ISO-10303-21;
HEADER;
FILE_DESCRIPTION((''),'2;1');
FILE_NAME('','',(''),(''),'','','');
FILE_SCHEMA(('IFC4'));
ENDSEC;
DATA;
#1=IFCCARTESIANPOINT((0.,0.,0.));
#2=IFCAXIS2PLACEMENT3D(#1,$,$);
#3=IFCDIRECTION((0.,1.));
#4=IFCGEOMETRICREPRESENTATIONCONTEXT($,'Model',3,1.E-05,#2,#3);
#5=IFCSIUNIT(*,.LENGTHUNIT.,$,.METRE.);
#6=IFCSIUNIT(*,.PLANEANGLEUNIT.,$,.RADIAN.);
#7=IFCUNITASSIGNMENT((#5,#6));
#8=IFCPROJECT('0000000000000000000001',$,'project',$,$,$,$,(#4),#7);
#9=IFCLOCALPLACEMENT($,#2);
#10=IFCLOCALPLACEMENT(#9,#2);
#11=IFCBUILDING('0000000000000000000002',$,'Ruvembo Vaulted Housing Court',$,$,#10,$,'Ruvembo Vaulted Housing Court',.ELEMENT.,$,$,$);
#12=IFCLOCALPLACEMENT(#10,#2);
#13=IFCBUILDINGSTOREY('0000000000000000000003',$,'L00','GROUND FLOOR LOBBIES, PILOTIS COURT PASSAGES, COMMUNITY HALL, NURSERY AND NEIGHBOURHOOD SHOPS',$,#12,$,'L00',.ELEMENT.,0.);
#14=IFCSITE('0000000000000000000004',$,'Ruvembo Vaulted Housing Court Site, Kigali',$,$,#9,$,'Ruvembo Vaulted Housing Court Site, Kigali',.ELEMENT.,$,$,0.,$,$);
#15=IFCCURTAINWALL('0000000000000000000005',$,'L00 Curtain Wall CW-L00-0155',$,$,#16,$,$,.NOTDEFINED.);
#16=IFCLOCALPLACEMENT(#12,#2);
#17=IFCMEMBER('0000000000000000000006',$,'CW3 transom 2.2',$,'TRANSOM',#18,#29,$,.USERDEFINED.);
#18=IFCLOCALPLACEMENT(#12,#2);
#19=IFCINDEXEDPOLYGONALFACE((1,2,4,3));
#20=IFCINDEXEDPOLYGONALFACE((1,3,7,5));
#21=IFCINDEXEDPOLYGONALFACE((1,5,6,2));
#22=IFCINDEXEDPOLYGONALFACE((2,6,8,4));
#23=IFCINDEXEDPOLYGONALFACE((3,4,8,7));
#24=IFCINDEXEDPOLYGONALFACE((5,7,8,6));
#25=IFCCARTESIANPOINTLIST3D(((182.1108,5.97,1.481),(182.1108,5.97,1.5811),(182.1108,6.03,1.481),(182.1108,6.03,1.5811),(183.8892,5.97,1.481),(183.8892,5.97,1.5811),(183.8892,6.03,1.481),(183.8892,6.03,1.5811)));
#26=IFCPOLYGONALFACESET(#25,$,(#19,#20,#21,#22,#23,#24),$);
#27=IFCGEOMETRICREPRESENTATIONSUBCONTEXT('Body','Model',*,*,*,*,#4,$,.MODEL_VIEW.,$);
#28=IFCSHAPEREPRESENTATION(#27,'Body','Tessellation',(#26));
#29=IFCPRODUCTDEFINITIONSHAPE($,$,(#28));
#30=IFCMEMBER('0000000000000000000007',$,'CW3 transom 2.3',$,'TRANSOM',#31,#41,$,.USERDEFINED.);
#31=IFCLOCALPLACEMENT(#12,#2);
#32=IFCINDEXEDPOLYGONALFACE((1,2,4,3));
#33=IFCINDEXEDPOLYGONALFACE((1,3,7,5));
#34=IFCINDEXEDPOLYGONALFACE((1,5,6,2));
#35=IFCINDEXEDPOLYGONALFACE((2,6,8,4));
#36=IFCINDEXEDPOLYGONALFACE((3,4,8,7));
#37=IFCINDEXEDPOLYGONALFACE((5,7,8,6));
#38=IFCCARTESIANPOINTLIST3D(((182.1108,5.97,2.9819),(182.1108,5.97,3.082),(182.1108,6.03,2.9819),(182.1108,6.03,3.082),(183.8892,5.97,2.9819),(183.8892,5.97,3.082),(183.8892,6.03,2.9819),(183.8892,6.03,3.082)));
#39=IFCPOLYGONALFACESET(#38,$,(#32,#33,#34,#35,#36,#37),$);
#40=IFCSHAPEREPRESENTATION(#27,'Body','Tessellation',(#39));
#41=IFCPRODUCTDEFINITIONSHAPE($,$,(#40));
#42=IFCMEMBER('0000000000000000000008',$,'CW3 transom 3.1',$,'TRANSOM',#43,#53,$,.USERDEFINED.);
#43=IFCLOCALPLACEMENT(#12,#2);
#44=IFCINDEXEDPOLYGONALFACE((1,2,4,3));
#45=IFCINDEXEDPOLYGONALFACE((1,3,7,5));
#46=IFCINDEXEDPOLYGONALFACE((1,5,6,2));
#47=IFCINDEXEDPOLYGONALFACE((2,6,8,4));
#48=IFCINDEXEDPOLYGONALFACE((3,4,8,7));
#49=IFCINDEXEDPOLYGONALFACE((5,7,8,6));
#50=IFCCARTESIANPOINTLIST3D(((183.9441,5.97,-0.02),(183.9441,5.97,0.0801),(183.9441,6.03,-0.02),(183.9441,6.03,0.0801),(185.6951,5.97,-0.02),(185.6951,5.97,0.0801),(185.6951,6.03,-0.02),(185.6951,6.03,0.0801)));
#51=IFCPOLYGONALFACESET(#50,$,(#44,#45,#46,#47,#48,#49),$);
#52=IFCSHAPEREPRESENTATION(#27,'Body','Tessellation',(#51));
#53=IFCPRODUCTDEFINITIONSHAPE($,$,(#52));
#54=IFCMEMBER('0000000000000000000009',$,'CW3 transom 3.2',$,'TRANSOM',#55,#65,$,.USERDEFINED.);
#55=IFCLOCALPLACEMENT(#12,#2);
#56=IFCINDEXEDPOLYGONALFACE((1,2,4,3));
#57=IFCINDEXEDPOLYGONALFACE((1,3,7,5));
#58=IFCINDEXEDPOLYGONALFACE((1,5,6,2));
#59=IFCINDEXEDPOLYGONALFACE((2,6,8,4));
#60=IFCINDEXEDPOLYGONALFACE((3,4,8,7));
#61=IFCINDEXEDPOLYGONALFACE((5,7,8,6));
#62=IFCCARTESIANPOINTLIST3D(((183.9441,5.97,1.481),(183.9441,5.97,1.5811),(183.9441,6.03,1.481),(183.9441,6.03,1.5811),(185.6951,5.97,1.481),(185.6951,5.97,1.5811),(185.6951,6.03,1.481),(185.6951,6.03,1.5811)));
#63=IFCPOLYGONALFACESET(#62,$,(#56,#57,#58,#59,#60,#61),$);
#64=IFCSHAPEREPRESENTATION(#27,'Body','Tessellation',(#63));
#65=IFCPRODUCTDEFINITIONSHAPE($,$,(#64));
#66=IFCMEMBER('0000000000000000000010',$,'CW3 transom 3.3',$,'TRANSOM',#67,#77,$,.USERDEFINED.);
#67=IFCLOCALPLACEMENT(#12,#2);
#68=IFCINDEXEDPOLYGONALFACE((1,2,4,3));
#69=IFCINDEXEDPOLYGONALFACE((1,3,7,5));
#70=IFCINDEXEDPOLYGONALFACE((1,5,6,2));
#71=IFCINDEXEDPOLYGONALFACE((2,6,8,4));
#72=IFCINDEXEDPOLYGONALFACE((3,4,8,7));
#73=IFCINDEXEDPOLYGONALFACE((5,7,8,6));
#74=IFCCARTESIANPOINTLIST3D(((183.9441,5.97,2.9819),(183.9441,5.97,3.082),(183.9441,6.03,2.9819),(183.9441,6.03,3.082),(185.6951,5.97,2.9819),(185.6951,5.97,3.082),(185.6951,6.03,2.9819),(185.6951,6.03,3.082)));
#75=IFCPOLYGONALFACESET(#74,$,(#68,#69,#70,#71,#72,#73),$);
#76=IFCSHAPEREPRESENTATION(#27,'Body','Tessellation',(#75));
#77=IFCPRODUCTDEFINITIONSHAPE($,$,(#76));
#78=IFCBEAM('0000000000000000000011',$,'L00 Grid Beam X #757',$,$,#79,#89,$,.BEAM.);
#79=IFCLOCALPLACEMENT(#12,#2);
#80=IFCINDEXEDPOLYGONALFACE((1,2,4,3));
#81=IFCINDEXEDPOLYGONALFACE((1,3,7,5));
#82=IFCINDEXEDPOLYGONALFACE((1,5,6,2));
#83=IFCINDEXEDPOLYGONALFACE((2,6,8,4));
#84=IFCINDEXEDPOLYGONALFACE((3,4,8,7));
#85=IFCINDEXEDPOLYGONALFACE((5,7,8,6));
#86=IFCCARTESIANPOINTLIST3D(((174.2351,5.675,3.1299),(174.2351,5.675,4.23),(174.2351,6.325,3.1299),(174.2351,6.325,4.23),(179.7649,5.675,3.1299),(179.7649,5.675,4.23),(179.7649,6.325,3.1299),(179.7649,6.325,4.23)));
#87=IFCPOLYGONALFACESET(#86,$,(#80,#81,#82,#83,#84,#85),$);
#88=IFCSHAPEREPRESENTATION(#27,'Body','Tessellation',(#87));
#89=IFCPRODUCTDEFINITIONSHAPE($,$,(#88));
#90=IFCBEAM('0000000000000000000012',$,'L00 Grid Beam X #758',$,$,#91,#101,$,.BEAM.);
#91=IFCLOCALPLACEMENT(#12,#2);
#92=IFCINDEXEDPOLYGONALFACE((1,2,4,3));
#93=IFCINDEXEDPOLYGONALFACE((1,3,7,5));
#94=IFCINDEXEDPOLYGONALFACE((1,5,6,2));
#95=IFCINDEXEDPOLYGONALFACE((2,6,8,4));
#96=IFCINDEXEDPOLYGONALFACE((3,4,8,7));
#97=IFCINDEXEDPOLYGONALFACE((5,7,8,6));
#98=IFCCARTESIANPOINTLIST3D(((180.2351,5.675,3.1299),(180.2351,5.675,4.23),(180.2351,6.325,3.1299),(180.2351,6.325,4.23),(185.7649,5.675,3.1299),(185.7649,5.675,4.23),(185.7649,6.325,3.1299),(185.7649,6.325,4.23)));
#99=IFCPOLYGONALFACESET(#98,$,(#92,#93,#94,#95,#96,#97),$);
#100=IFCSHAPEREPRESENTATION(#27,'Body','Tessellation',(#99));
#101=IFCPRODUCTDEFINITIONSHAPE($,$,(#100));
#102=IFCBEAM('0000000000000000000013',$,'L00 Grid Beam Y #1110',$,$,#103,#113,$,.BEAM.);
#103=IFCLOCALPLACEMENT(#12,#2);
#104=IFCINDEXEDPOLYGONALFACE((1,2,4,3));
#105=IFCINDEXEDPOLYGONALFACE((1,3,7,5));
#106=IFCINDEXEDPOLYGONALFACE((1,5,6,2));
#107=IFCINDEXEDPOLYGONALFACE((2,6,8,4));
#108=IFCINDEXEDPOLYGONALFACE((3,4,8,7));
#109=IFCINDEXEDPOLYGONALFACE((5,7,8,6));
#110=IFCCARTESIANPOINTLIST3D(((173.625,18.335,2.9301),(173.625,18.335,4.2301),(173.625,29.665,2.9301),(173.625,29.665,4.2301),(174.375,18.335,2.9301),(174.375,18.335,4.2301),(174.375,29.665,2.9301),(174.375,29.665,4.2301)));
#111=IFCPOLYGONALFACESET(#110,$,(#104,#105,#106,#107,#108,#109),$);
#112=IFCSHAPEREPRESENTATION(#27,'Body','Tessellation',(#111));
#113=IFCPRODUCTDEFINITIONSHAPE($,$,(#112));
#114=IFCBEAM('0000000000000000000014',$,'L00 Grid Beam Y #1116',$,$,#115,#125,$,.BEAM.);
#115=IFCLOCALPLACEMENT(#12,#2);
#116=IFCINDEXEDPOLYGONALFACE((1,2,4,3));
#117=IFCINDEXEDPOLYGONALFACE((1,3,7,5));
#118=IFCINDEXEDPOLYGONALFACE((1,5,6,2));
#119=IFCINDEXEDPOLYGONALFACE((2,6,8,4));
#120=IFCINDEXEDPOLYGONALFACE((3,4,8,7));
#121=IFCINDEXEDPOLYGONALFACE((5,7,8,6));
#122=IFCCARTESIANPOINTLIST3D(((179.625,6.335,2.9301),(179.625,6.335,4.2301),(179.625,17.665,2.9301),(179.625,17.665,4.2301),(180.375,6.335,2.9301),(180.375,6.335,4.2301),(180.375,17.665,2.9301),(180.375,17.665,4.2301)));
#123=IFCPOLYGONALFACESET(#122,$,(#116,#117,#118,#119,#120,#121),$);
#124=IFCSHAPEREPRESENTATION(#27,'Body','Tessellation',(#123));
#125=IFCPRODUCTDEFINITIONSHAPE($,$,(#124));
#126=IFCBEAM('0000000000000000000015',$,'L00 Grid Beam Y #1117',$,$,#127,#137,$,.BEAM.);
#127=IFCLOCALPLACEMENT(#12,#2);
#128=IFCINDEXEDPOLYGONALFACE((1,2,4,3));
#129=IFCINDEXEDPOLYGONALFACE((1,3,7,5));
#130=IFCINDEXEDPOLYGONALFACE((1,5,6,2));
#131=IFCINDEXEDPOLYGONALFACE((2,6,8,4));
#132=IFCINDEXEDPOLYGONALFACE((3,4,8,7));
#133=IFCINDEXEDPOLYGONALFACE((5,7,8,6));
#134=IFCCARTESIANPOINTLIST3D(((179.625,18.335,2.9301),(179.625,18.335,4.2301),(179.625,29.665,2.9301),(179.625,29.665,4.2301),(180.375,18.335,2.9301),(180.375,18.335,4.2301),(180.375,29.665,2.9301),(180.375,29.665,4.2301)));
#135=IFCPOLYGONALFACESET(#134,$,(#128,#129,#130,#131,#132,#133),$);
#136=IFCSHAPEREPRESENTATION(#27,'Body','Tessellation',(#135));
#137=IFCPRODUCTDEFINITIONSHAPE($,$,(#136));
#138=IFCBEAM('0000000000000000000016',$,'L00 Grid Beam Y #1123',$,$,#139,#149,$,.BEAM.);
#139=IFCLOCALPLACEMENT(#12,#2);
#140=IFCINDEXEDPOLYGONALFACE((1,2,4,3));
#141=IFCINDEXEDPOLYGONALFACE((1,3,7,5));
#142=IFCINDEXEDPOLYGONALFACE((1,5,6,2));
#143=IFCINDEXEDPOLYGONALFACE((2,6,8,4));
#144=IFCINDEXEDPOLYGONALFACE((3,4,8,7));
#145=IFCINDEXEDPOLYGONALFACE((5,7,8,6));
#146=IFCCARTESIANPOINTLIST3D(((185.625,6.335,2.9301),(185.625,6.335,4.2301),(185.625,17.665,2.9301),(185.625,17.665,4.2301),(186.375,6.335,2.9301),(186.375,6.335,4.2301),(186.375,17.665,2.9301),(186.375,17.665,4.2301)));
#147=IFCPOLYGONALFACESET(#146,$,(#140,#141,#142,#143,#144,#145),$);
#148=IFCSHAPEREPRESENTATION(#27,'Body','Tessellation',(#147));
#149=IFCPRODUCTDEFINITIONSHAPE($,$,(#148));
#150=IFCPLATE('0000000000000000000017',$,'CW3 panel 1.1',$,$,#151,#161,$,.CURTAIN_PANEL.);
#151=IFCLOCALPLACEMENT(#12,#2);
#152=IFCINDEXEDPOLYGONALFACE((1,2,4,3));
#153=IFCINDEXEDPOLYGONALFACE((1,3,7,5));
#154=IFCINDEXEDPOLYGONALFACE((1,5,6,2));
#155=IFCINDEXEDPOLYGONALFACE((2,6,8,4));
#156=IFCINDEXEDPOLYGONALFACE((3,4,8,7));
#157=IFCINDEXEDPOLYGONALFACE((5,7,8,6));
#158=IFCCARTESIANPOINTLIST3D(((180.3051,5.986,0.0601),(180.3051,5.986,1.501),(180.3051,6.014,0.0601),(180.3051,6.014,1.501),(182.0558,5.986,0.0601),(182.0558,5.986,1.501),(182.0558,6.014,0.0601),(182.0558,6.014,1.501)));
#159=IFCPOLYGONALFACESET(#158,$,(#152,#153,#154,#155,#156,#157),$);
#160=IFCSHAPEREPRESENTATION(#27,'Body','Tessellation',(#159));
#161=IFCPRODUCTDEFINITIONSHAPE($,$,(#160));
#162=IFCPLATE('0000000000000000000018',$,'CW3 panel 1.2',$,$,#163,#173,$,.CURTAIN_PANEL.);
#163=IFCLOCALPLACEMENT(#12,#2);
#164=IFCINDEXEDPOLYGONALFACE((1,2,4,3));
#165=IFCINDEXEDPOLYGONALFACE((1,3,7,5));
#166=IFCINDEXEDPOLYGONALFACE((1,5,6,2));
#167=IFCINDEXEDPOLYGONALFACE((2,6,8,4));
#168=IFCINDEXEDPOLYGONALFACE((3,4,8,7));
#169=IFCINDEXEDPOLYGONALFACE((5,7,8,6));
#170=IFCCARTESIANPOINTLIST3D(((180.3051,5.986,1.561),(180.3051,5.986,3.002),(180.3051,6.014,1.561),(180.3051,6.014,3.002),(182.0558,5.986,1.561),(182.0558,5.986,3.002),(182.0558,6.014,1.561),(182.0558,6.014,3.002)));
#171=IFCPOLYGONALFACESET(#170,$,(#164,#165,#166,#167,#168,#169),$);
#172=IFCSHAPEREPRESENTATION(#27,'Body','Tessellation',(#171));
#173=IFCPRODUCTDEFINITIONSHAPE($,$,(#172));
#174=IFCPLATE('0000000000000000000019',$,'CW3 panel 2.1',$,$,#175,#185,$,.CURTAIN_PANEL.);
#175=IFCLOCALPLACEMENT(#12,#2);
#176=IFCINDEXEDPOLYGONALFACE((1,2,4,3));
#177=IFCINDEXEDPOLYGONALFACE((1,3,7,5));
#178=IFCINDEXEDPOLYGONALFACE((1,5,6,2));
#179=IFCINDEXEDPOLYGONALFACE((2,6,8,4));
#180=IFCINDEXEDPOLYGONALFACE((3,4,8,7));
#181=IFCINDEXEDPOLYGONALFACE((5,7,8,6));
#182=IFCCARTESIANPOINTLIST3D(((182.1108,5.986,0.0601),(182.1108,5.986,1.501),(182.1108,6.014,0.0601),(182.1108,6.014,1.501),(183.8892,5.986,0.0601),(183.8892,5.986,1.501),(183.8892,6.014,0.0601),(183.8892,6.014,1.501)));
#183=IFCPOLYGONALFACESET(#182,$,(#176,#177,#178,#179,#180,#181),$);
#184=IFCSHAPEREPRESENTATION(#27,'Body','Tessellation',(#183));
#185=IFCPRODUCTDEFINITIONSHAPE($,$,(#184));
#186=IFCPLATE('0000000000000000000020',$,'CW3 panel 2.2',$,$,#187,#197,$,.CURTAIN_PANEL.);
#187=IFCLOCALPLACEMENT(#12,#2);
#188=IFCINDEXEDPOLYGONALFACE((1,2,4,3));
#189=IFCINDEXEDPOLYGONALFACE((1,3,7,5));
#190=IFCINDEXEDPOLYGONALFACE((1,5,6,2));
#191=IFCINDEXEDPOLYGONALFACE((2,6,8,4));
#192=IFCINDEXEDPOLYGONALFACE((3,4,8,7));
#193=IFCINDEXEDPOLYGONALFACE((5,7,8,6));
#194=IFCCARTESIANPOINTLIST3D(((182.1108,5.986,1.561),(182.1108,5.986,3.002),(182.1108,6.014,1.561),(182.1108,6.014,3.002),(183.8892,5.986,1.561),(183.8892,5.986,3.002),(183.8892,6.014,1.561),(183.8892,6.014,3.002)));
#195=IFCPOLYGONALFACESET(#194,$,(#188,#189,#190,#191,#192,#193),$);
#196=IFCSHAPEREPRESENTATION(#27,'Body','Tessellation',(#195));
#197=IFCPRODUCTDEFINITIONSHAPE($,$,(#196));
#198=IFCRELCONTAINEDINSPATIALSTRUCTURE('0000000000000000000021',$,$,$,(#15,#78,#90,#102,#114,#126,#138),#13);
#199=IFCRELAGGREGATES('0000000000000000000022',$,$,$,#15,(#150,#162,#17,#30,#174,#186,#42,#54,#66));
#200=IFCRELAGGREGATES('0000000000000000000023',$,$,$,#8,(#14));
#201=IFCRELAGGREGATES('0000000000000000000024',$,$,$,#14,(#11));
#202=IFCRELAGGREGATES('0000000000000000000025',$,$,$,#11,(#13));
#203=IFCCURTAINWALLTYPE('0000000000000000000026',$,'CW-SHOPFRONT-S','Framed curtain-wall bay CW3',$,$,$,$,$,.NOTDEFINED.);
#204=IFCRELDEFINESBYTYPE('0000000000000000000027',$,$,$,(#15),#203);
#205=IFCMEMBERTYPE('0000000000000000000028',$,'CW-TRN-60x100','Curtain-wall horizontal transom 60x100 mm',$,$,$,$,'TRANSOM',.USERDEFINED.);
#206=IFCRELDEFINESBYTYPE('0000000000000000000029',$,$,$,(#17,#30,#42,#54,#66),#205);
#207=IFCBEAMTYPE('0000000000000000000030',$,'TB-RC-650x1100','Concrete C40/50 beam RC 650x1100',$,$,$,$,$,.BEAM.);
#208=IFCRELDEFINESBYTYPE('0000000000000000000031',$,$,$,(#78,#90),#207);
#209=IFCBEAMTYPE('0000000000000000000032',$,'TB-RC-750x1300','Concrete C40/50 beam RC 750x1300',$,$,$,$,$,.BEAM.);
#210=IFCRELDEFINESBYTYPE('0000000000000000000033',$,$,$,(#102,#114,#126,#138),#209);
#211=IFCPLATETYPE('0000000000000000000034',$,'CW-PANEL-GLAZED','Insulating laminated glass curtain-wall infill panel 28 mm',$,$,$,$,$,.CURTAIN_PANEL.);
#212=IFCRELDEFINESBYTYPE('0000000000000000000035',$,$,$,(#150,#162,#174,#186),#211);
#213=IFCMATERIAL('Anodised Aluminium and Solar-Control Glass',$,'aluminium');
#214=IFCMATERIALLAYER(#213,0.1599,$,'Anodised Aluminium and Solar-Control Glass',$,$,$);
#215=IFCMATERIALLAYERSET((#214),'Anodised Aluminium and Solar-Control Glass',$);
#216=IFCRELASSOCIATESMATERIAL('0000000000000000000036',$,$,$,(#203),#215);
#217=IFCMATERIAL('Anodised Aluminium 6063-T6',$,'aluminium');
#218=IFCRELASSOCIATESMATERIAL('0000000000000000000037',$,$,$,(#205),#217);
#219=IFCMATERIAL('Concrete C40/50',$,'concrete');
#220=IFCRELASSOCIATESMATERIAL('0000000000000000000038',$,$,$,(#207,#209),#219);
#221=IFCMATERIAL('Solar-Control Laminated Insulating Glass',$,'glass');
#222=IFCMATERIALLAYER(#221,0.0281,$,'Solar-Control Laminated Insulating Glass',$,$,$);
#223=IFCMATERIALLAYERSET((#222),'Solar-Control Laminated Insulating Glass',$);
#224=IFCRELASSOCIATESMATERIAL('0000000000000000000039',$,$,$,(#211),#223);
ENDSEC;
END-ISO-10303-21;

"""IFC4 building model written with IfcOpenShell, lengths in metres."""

from ifc_helpers import new_model, si_unit, direction, frame, origin, origin_2d, place, context, subcontext, project, spatial, rectangle, extrude, material, layer, layer_set, material_profile, profile_set, type_object, element, aggregate, save


model = new_model("IFC4")

# Units and contexts
model_context = context("Model", 3, precision=1e-05, world=origin(), true_north=direction((0.0, 1.0)))
body_context = subcontext(model_context, "Body", "Model", "MODEL_VIEW")
ifc_project = project(units=[si_unit("LENGTHUNIT", "METRE"), si_unit("PLANEANGLEUNIT", "RADIAN")], contexts=[model_context])

# Site, building, storey
site_placement = place(None, origin())
site = spatial("IfcSite", under=ifc_project, at=site_placement, Name="Ruvembo Vaulted Housing Court Site, Kigali", LongName="Ruvembo Vaulted Housing Court Site, Kigali", CompositionType="ELEMENT", RefElevation=0.0)
building_placement = place(site_placement, origin())
building = spatial("IfcBuilding", under=site, at=building_placement, Name="Ruvembo Vaulted Housing Court", LongName="Ruvembo Vaulted Housing Court", CompositionType="ELEMENT")
storey_placement = place(building_placement, origin())
storey = spatial("IfcBuildingStorey", under=building, at=storey_placement, Name="L00", Description="GROUND FLOOR LOBBIES, PILOTIS COURT PASSAGES, COMMUNITY HALL, NURSERY AND NEIGHBOURHOOD SHOPS", LongName="L00", CompositionType="ELEMENT", Elevation=0.0)

# Curtain wall, members
ifc_material_1 = material(Name="Anodised Aluminium and Solar-Control Glass", Category="aluminium")
ifc_layer_1 = layer(ifc_material_1, 0.1599, Name="Anodised Aluminium and Solar-Control Glass")
ifc_layer_set_1 = layer_set([ifc_layer_1], Name="Anodised Aluminium and Solar-Control Glass")
curtain_wall_type = type_object("IfcCurtainWallType", Name="CW-SHOPFRONT-S", Description="Framed curtain-wall bay CW3", PredefinedType="NOTDEFINED", material=ifc_layer_set_1)
curtain_wall_placement = place(storey_placement, origin())
curtain_wall = element("IfcCurtainWall", 1, at=curtain_wall_placement, inside=storey, type_object=curtain_wall_type, Name="L00 Curtain Wall CW-L00-0155", PredefinedType="NOTDEFINED")
ifc_material_2 = material(Name="Anodised Aluminium 6063-T6", Category="aluminium")
ifc_material_profile_1 = material_profile(ifc_material_2, rectangle(XDim=0.0601, YDim=0.1001, at=origin_2d()), Name="ALU 60x100")
ifc_profile_set_1 = profile_set([ifc_material_profile_1], Name="Anodised Aluminium 6063-T6")
member_type_1 = type_object("IfcMemberType", Name="CW-TRN-60x100", Description="Curtain-wall horizontal transom 60x100 mm", ElementType="TRANSOM", PredefinedType="USERDEFINED", material=ifc_profile_set_1)
member_1_placement = place(storey_placement, frame((182.1108, 6.0, 1.531), z_axis=(1.0, 0.0, 0.0), x_axis=(0.0, 1.0, 0.0)))
member_1 = element("IfcMember", 2, at=member_1_placement, type_object=member_type_1, Name="CW3 transom 2.2", ObjectType="TRANSOM", PredefinedType="USERDEFINED", context=body_context, shape_type="SweptSolid", body=[
    extrude(rectangle(XDim=0.0601, YDim=0.1001, at=origin_2d()), origin(), (0.0, 0.0, 1.0), 1.7783),
])
member_2_placement = place(storey_placement, frame((182.1108, 6.0, 3.032), z_axis=(1.0, 0.0, 0.0), x_axis=(0.0, 1.0, 0.0)))
member_2 = element("IfcMember", 3, at=member_2_placement, type_object=member_type_1, Name="CW3 transom 2.3", ObjectType="TRANSOM", PredefinedType="USERDEFINED", context=body_context, shape_type="SweptSolid", body=[
    extrude(rectangle(XDim=0.0601, YDim=0.1001, at=origin_2d()), origin(), (0.0, 0.0, 1.0), 1.7783),
])
member_3_placement = place(storey_placement, frame((183.9441, 6.0, 0.03), z_axis=(1.0, 0.0, 0.0), x_axis=(0.0, 1.0, 0.0)))
member_3 = element("IfcMember", 4, at=member_3_placement, type_object=member_type_1, Name="CW3 transom 3.1", ObjectType="TRANSOM", PredefinedType="USERDEFINED", context=body_context, shape_type="SweptSolid", body=[
    extrude(rectangle(XDim=0.0601, YDim=0.1001, at=origin_2d()), origin(), (0.0, 0.0, 1.0), 1.751),
])
member_4_placement = place(storey_placement, frame((183.9441, 6.0, 1.531), z_axis=(1.0, 0.0, 0.0), x_axis=(0.0, 1.0, 0.0)))
member_4 = element("IfcMember", 5, at=member_4_placement, type_object=member_type_1, Name="CW3 transom 3.2", ObjectType="TRANSOM", PredefinedType="USERDEFINED", context=body_context, shape_type="SweptSolid", body=[
    extrude(rectangle(XDim=0.0601, YDim=0.1001, at=origin_2d()), origin(), (0.0, 0.0, 1.0), 1.751),
])
member_5_placement = place(storey_placement, frame((183.9441, 6.0, 3.032), z_axis=(1.0, 0.0, 0.0), x_axis=(0.0, 1.0, 0.0)))
member_5 = element("IfcMember", 6, at=member_5_placement, type_object=member_type_1, Name="CW3 transom 3.3", ObjectType="TRANSOM", PredefinedType="USERDEFINED", context=body_context, shape_type="SweptSolid", body=[
    extrude(rectangle(XDim=0.0601, YDim=0.1001, at=origin_2d()), origin(), (0.0, 0.0, 1.0), 1.751),
])

# Beams
ifc_material_3 = material(Name="Concrete C40/50", Category="concrete")
ifc_material_profile_2 = material_profile(ifc_material_3, rectangle(XDim=0.6499, YDim=1.1001, at=origin_2d()), Name="RC 650x1100")
ifc_profile_set_2 = profile_set([ifc_material_profile_2], Name="Concrete C40/50")
beam_type_1 = type_object("IfcBeamType", Name="TB-RC-650x1100", Description="Concrete C40/50 beam RC 650x1100", PredefinedType="BEAM", material=ifc_profile_set_2)
for number, where, z_axis, x_axis, name in (
    (7, (174.2351, 6.0, 3.6799), (1.0, 0.0, 0.0), (0.0, 1.0, 0.0), "L00 Grid Beam X #757"),
    (8, (180.2351, 6.0, 3.6799), (1.0, 0.0, 0.0), (0.0, 1.0, 0.0), "L00 Grid Beam X #758"),
):
    element("IfcBeam", number, at=place(storey_placement, frame(where, z_axis=z_axis, x_axis=x_axis)), inside=storey, type_object=beam_type_1, Name=name, PredefinedType="BEAM", context=body_context, shape_type="SweptSolid", body=[
        extrude(rectangle(XDim=0.6499, YDim=1.1001, at=origin_2d()), origin(), (0.0, 0.0, 1.0), 5.5298),
    ])
ifc_material_profile_3 = material_profile(ifc_material_3, rectangle(XDim=0.75, YDim=1.3, at=origin_2d()), Name="RC 750x1300")
ifc_profile_set_3 = profile_set([ifc_material_profile_3], Name="Concrete C40/50")
beam_type_2 = type_object("IfcBeamType", Name="TB-RC-750x1300", Description="Concrete C40/50 beam RC 750x1300", PredefinedType="BEAM", material=ifc_profile_set_3)
for number, where, z_axis, x_axis, name in (
    (9, (174.0, 18.335, 3.5801), (0.0, 1.0, 0.0), (-1.0, 0.0, 0.0), "L00 Grid Beam Y #1110"),
    (10, (180.0, 6.335, 3.5801), (0.0, 1.0, 0.0), (-1.0, 0.0, 0.0), "L00 Grid Beam Y #1116"),
    (11, (180.0, 18.335, 3.5801), (0.0, 1.0, 0.0), (-1.0, 0.0, 0.0), "L00 Grid Beam Y #1117"),
    (12, (186.0, 6.335, 3.5801), (0.0, 1.0, 0.0), (-1.0, 0.0, 0.0), "L00 Grid Beam Y #1123"),
):
    element("IfcBeam", number, at=place(storey_placement, frame(where, z_axis=z_axis, x_axis=x_axis)), inside=storey, type_object=beam_type_2, Name=name, PredefinedType="BEAM", context=body_context, shape_type="SweptSolid", body=[
        extrude(rectangle(XDim=0.75, YDim=1.3, at=origin_2d()), origin(), (0.0, 0.0, 1.0), 11.3301),
    ])

# Plates
ifc_material_4 = material(Name="Solar-Control Laminated Insulating Glass", Category="glass")
ifc_layer_2 = layer(ifc_material_4, 0.0281, Name="Solar-Control Laminated Insulating Glass")
ifc_layer_set_2 = layer_set([ifc_layer_2], Name="Solar-Control Laminated Insulating Glass")
plate_type = type_object("IfcPlateType", Name="CW-PANEL-GLAZED", Description="Insulating laminated glass curtain-wall infill panel 28 mm", PredefinedType="CURTAIN_PANEL", material=ifc_layer_set_2)
plate_1_placement = place(storey_placement, frame((181.1804, 6.0, 0.0601), z_axis=(0.0, 0.0, 1.0), x_axis=(1.0, 0.0, 0.0)))
plate_1 = element("IfcPlate", 13, at=plate_1_placement, type_object=plate_type, Name="CW3 panel 1.1", PredefinedType="CURTAIN_PANEL", context=body_context, shape_type="SweptSolid", body=[
    extrude(rectangle(XDim=1.7507, YDim=0.0281, at=origin_2d()), origin(), (0.0, 0.0, 1.0), 1.4409),
])
plate_2_placement = place(storey_placement, frame((181.1804, 6.0, 1.561), z_axis=(0.0, 0.0, 1.0), x_axis=(1.0, 0.0, 0.0)))
plate_2 = element("IfcPlate", 14, at=plate_2_placement, type_object=plate_type, Name="CW3 panel 1.2", PredefinedType="CURTAIN_PANEL", context=body_context, shape_type="SweptSolid", body=[
    extrude(rectangle(XDim=1.7507, YDim=0.0281, at=origin_2d()), origin(), (0.0, 0.0, 1.0), 1.4409),
])
plate_3_placement = place(storey_placement, frame((183.0, 6.0, 0.0601), z_axis=(0.0, 0.0, 1.0), x_axis=(1.0, 0.0, 0.0)))
plate_3 = element("IfcPlate", 15, at=plate_3_placement, type_object=plate_type, Name="CW3 panel 2.1", PredefinedType="CURTAIN_PANEL", context=body_context, shape_type="SweptSolid", body=[
    extrude(rectangle(XDim=1.7783, YDim=0.0281, at=origin_2d()), origin(), (0.0, 0.0, 1.0), 1.4409),
])
plate_4_placement = place(storey_placement, frame((183.0, 6.0, 1.561), z_axis=(0.0, 0.0, 1.0), x_axis=(1.0, 0.0, 0.0)))
plate_4 = element("IfcPlate", 16, at=plate_4_placement, type_object=plate_type, Name="CW3 panel 2.2", PredefinedType="CURTAIN_PANEL", context=body_context, shape_type="SweptSolid", body=[
    extrude(rectangle(XDim=1.7783, YDim=0.0281, at=origin_2d()), origin(), (0.0, 0.0, 1.0), 1.4409),
])
aggregate(curtain_wall, [plate_1, plate_2, member_1, member_2, plate_3, plate_4, member_3, member_4, member_5])

save(model, "model.ifc")
